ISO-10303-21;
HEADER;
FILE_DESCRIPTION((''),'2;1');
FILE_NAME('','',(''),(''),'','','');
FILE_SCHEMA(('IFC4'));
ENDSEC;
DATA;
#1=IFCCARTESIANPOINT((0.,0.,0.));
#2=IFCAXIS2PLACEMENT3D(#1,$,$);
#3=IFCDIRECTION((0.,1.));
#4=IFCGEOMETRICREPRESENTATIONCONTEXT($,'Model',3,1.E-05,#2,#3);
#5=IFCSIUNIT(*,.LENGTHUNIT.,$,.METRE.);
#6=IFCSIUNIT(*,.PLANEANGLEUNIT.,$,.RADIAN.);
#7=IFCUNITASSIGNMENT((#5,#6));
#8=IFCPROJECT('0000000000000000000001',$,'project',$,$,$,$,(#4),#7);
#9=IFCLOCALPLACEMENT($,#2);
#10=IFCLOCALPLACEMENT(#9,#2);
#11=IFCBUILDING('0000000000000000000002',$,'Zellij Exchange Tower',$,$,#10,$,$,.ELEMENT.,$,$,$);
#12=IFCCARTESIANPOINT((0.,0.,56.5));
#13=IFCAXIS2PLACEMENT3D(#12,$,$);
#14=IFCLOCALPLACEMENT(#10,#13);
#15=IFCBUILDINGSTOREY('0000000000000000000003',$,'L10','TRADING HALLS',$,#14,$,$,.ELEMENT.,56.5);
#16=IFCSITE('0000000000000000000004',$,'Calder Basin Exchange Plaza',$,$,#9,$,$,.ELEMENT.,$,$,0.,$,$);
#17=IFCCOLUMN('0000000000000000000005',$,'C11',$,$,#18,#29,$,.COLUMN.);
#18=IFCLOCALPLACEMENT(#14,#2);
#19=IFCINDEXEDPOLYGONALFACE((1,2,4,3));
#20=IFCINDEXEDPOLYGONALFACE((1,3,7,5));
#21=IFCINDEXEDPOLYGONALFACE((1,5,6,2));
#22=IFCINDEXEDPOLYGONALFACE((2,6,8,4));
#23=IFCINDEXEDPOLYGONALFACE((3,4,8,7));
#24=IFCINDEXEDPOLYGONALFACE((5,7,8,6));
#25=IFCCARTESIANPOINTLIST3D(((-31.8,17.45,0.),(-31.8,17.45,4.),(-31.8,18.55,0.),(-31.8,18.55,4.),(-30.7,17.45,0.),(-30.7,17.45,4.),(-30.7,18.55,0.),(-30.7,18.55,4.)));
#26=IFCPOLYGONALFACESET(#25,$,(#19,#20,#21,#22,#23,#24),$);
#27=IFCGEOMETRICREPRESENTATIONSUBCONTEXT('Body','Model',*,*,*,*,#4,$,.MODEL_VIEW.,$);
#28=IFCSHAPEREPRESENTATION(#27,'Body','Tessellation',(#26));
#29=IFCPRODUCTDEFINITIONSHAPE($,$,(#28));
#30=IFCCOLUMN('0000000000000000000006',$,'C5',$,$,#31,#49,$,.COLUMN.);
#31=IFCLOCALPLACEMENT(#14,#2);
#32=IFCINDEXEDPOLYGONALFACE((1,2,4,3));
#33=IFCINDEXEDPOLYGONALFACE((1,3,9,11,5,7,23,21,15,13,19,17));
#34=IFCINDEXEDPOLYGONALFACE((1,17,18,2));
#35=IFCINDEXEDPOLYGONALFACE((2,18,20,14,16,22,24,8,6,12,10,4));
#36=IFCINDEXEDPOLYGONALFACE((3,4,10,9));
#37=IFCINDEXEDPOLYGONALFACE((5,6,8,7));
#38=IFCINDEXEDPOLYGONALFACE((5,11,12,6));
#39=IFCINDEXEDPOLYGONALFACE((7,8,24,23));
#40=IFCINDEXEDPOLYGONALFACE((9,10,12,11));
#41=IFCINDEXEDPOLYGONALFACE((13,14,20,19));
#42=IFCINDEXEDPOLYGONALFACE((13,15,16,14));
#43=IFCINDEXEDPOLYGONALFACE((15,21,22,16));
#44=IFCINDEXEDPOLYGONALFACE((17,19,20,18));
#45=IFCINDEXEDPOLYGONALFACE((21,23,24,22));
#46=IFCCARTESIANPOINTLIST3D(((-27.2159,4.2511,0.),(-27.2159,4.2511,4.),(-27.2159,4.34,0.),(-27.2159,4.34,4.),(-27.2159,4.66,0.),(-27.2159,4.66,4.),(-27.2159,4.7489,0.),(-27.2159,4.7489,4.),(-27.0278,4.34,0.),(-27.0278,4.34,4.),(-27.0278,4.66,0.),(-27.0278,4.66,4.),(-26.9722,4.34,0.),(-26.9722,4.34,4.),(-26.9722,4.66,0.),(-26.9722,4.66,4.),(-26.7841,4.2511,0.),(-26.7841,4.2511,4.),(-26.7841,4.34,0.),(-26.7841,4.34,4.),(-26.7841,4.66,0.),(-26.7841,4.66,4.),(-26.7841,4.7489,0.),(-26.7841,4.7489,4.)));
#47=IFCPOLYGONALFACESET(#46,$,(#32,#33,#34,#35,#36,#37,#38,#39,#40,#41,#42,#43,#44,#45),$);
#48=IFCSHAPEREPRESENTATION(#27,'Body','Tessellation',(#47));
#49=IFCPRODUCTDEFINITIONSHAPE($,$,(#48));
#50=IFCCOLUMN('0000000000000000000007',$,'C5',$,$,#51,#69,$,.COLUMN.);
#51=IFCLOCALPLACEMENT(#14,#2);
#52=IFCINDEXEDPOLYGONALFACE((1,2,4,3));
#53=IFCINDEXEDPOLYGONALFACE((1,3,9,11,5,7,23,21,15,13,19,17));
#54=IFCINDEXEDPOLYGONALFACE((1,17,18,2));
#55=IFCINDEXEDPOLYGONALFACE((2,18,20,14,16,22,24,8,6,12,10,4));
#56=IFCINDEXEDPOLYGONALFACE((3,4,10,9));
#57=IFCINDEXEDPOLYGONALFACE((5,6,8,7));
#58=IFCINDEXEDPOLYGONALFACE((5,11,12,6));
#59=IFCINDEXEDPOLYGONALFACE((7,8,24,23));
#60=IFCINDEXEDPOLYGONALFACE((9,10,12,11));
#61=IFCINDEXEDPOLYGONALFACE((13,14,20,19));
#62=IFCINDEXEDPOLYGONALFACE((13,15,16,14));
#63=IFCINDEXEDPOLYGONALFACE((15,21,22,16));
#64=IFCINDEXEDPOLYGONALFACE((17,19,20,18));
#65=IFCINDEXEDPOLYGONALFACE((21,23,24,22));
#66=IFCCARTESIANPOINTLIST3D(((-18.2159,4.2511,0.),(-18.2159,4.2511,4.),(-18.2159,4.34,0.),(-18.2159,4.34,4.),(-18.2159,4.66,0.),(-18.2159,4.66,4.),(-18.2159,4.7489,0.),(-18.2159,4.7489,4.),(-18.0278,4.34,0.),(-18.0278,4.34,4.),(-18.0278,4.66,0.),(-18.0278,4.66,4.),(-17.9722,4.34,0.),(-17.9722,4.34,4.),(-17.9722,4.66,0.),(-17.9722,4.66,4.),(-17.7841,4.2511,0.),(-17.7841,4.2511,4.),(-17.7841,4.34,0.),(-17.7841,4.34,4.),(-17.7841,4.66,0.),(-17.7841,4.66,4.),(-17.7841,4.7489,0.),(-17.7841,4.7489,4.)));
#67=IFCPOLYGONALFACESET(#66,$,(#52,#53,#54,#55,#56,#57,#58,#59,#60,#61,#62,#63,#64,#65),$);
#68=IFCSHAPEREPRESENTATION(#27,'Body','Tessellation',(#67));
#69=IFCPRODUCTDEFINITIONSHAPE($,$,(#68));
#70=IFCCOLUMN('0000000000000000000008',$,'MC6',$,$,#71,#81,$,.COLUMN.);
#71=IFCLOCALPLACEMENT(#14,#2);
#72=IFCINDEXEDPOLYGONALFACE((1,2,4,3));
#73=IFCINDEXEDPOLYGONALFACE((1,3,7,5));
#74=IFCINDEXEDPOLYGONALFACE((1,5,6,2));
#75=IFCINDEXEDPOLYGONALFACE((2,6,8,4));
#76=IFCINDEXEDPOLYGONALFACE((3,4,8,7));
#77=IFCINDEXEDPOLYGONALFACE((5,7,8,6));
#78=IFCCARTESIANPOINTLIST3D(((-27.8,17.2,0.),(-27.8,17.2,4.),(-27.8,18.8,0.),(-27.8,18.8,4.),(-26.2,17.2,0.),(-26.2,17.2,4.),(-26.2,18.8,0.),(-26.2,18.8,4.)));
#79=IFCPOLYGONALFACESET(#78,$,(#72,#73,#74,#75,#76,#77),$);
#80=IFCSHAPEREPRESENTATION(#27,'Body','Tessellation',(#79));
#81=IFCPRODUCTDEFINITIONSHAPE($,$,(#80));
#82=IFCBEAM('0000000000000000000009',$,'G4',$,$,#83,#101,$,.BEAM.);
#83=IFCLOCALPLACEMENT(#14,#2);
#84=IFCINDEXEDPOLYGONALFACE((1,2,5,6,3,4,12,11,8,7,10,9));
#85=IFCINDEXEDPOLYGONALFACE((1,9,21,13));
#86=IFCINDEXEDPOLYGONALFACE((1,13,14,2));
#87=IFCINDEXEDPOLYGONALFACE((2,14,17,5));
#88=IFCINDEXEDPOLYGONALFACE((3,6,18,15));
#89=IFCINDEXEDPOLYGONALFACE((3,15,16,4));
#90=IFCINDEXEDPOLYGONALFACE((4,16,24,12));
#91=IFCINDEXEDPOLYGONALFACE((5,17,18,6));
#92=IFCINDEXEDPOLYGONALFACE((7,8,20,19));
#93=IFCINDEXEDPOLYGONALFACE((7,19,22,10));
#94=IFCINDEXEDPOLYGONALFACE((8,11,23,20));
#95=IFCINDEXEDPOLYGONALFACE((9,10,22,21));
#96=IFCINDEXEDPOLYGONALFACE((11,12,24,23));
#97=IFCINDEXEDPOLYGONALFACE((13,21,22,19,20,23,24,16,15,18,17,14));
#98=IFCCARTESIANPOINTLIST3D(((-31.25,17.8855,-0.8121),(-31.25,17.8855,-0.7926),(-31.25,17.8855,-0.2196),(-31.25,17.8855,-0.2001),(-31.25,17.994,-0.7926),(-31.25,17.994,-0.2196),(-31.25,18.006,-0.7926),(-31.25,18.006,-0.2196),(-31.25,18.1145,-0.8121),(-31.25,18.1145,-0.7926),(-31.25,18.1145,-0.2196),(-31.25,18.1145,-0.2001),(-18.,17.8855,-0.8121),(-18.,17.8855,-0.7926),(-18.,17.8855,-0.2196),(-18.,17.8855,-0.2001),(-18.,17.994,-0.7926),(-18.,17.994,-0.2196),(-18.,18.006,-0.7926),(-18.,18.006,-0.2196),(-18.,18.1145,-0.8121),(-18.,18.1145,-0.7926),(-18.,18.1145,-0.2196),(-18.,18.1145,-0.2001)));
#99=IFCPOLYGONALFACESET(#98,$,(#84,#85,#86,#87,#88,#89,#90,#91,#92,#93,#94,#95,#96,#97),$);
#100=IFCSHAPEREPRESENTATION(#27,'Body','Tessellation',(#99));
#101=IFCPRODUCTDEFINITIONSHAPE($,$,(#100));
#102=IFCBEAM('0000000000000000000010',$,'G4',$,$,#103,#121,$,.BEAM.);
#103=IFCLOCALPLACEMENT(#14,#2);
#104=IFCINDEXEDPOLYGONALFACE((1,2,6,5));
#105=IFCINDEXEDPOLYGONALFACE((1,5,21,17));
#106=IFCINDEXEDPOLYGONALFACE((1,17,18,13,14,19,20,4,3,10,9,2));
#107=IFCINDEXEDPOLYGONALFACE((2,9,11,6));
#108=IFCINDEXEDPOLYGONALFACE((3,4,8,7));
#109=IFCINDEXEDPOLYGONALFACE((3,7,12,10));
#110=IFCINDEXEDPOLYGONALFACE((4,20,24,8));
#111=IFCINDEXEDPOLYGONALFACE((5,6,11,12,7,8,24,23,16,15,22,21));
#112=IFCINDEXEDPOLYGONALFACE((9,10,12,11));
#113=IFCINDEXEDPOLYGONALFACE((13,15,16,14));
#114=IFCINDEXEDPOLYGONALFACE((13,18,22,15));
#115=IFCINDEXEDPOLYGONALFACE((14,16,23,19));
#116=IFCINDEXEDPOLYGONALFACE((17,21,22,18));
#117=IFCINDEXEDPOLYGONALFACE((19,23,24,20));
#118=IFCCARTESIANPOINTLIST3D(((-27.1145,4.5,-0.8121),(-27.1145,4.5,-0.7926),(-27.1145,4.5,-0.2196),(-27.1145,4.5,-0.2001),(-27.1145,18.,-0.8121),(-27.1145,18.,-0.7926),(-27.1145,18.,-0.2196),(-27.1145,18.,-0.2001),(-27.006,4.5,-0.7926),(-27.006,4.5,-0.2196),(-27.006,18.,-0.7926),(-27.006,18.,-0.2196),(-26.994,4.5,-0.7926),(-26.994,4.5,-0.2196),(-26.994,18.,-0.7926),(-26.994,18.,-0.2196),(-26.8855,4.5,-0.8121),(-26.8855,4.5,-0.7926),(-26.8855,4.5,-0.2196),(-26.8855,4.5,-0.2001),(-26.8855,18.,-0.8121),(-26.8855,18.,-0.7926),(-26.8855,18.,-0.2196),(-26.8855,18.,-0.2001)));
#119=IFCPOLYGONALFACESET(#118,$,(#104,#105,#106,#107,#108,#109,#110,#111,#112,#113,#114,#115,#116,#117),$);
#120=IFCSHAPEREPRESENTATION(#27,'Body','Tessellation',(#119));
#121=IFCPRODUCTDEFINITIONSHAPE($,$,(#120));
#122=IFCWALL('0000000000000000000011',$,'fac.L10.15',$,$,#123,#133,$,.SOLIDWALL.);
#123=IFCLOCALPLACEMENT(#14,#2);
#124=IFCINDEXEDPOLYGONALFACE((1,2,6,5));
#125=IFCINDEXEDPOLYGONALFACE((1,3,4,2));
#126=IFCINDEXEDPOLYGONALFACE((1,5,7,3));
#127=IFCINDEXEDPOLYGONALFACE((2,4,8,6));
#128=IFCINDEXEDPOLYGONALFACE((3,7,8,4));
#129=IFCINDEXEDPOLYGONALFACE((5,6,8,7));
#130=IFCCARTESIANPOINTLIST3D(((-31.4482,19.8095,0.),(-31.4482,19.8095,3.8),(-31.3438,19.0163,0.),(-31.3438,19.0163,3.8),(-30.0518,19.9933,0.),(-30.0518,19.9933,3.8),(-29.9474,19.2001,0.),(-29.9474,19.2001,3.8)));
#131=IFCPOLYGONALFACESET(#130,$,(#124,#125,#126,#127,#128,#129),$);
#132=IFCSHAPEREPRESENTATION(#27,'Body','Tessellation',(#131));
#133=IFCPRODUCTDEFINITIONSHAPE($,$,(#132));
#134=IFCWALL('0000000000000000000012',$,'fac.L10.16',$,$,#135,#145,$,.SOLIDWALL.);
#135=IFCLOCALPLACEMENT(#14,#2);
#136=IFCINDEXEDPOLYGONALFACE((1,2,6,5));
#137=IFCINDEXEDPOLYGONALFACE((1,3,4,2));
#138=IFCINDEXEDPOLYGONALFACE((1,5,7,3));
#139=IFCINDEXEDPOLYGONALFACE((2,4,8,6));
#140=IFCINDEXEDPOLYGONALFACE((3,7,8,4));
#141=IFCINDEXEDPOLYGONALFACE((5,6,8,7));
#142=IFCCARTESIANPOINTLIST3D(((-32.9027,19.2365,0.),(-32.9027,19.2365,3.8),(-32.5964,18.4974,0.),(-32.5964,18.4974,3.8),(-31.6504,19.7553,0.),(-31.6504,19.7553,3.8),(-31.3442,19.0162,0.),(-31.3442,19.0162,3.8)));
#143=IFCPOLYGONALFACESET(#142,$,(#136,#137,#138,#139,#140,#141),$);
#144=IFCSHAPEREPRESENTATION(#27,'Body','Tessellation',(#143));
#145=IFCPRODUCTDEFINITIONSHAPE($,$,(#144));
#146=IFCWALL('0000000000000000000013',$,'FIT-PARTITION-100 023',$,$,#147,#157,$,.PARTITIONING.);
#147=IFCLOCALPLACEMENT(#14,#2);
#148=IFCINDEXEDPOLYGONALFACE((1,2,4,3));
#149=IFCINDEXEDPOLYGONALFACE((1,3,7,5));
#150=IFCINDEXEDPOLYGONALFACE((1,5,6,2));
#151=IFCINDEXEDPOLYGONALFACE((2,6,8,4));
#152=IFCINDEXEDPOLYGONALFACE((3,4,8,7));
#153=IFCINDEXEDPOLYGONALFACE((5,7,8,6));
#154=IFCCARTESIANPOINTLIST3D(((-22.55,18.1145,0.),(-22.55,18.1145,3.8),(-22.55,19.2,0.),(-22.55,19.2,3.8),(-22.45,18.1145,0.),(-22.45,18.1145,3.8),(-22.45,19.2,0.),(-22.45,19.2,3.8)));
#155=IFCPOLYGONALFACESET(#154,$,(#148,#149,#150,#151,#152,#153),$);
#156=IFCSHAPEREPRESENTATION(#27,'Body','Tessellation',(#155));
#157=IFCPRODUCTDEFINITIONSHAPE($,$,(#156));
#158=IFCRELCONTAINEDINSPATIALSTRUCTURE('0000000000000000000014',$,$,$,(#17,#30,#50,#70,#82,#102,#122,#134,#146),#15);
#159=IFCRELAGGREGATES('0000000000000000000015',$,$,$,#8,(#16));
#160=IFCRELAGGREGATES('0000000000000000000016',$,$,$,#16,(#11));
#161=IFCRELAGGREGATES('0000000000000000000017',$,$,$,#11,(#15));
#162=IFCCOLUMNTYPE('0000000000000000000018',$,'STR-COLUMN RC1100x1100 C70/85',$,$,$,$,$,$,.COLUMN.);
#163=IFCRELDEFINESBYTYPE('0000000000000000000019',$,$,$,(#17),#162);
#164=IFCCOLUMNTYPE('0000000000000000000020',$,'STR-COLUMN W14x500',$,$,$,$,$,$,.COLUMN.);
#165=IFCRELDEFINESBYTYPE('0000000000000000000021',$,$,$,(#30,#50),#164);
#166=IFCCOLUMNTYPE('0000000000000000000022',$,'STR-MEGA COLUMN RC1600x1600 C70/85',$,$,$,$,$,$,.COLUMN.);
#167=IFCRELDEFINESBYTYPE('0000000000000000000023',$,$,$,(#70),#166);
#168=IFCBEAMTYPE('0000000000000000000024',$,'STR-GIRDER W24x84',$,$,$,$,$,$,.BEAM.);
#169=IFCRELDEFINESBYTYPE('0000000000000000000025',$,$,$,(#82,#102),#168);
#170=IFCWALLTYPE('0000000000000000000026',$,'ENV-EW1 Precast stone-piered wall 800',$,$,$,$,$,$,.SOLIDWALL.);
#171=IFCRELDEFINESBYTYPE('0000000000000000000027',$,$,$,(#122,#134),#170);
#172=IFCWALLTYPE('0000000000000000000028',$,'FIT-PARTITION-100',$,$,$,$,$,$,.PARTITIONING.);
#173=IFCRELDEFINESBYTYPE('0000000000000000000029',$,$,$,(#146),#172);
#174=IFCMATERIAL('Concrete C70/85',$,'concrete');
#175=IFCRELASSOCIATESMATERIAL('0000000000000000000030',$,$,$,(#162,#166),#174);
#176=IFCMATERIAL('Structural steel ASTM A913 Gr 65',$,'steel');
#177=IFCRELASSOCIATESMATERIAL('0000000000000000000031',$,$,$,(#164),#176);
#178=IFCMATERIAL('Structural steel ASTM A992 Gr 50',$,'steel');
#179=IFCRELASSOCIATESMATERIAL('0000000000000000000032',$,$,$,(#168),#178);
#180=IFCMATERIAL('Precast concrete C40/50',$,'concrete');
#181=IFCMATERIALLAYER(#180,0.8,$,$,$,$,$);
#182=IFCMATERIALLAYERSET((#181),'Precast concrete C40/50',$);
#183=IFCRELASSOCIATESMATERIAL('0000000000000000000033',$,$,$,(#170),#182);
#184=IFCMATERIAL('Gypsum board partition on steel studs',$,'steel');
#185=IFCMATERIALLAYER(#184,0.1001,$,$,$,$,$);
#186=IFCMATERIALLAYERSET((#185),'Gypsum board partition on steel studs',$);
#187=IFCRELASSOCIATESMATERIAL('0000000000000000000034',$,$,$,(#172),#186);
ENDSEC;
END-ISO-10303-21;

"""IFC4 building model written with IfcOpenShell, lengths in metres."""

from ifc_helpers import new_model, si_unit, direction, frame, frame_2d, origin, origin_2d, place, context, subcontext, project, spatial, rectangle, i_section, extrude, material, layer, layer_set, material_profile, profile_set, type_object, element, save


model = new_model("IFC4")

# Units and contexts
model_context = context("Model", 3, precision=1e-05, world=origin(), true_north=direction((0.0, 1.0)))
body_context = subcontext(model_context, "Body", "Model", "MODEL_VIEW")
ifc_project = project(units=[si_unit("LENGTHUNIT", "METRE"), si_unit("PLANEANGLEUNIT", "RADIAN")], contexts=[model_context])

# Site, building, storey
site_placement = place(None, origin())
site = spatial("IfcSite", under=ifc_project, at=site_placement, Name="Calder Basin Exchange Plaza", CompositionType="ELEMENT", RefElevation=0.0)
building_placement = place(site_placement, origin())
building = spatial("IfcBuilding", under=site, at=building_placement, Name="Zellij Exchange Tower", CompositionType="ELEMENT")
storey_placement = place(building_placement, frame((0.0, 0.0, 56.5)))
storey = spatial("IfcBuildingStorey", under=building, at=storey_placement, Name="L10", Description="TRADING HALLS", CompositionType="ELEMENT", Elevation=56.5)

# Columns
ifc_material_1 = material(Name="Concrete C70/85", Category="concrete")
ifc_material_profile_1 = material_profile(ifc_material_1, rectangle(XDim=1.1001, YDim=1.1001, at=origin_2d()), Name="STR-COLUMN RC1100x1100 C70/85")
ifc_profile_set_1 = profile_set([ifc_material_profile_1], Name="Concrete C70/85")
column_type_1 = type_object("IfcColumnType", Name="STR-COLUMN RC1100x1100 C70/85", PredefinedType="COLUMN", material=ifc_profile_set_1)
column_1_placement = place(storey_placement, frame((-31.25, 18.0, 0.0), z_axis=(0.0, 0.0, 1.0), x_axis=(1.0, 0.0, 0.0)))
element("IfcColumn", 1, at=column_1_placement, inside=storey, type_object=column_type_1, Name="C11", PredefinedType="COLUMN", context=body_context, shape_type="SweptSolid", body=[
    extrude(rectangle(XDim=1.1001, YDim=1.1001, at=origin_2d()), origin(), (0.0, 0.0, 1.0), 4.0),
])
ifc_material_2 = material(Name="Structural steel ASTM A913 Gr 65", Category="steel")
ifc_material_profile_2 = material_profile(ifc_material_2, i_section(OverallWidth=0.4319, OverallDepth=0.4978, WebThickness=0.0557, FlangeThickness=0.0889, at=origin_2d()), Name="W14x500")
ifc_profile_set_2 = profile_set([ifc_material_profile_2], Name="Structural steel ASTM A913 Gr 65")
column_type_2 = type_object("IfcColumnType", Name="STR-COLUMN W14x500", PredefinedType="COLUMN", material=ifc_profile_set_2)
for number, where, z_axis, x_axis, name in (
    (2, (-27.0, 4.5, 0.0), (0.0, 0.0, 1.0), (1.0, 0.0, 0.0), "C5"),
    (3, (-18.0, 4.5, 0.0), (0.0, 0.0, 1.0), (1.0, 0.0, 0.0), "C5"),
):
    element("IfcColumn", number, at=place(storey_placement, frame(where, z_axis=z_axis, x_axis=x_axis)), inside=storey, type_object=column_type_2, Name=name, PredefinedType="COLUMN", context=body_context, shape_type="SweptSolid", body=[
        extrude(i_section(OverallWidth=0.4319, OverallDepth=0.4978, WebThickness=0.0557, FlangeThickness=0.0889, at=origin_2d()), origin(), (0.0, 0.0, 1.0), 4.0),
    ])
ifc_material_profile_3 = material_profile(ifc_material_1, rectangle(XDim=1.6001, YDim=1.6001, at=origin_2d()), Name="STR-MEGA COLUMN RC1600x1600 C70/85")
ifc_profile_set_3 = profile_set([ifc_material_profile_3], Name="Concrete C70/85")
column_type_3 = type_object("IfcColumnType", Name="STR-MEGA COLUMN RC1600x1600 C70/85", PredefinedType="COLUMN", material=ifc_profile_set_3)
column_2_placement = place(storey_placement, frame((-27.0, 18.0, 0.0), z_axis=(0.0, 0.0, 1.0), x_axis=(1.0, 0.0, 0.0)))
element("IfcColumn", 4, at=column_2_placement, inside=storey, type_object=column_type_3, Name="MC6", PredefinedType="COLUMN", context=body_context, shape_type="SweptSolid", body=[
    extrude(rectangle(XDim=1.6001, YDim=1.6001, at=origin_2d()), origin(), (0.0, 0.0, 1.0), 4.0),
])

# Beams
ifc_material_3 = material(Name="Structural steel ASTM A992 Gr 50", Category="steel")
ifc_material_profile_4 = material_profile(ifc_material_3, i_section(OverallWidth=0.229, OverallDepth=0.6121, WebThickness=0.012, FlangeThickness=0.0195, at=origin_2d()), Name="W24x84")
ifc_profile_set_4 = profile_set([ifc_material_profile_4], Name="Structural steel ASTM A992 Gr 50")
beam_type = type_object("IfcBeamType", Name="STR-GIRDER W24x84", PredefinedType="BEAM", material=ifc_profile_set_4)
beam_1_placement = place(storey_placement, frame((-31.25, 18.0, -0.5061), z_axis=(1.0, 0.0, 0.0), x_axis=(0.0, 1.0, 0.0)))
element("IfcBeam", 5, at=beam_1_placement, inside=storey, type_object=beam_type, Name="G4", PredefinedType="BEAM", context=body_context, shape_type="SweptSolid", body=[
    extrude(i_section(OverallWidth=0.229, OverallDepth=0.6121, WebThickness=0.012, FlangeThickness=0.0195, at=origin_2d()), origin(), (0.0, 0.0, 1.0), 13.25),
])
beam_2_placement = place(storey_placement, frame((-27.0, 4.5, -0.5061), z_axis=(0.0, 1.0, 0.0), x_axis=(-1.0, 0.0, 0.0)))
element("IfcBeam", 6, at=beam_2_placement, inside=storey, type_object=beam_type, Name="G4", PredefinedType="BEAM", context=body_context, shape_type="SweptSolid", body=[
    extrude(i_section(OverallWidth=0.229, OverallDepth=0.6121, WebThickness=0.012, FlangeThickness=0.0195, at=origin_2d()), origin(), (0.0, 0.0, 1.0), 13.5),
])

# Walls
ifc_material_4 = material(Name="Precast concrete C40/50", Category="concrete")
ifc_layer_1 = layer(ifc_material_4, 0.8)
ifc_layer_set_1 = layer_set([ifc_layer_1], Name="Precast concrete C40/50")
wall_type_1 = type_object("IfcWallType", Name="ENV-EW1 Precast stone-piered wall 800", PredefinedType="SOLIDWALL", material=ifc_layer_set_1)
wall_1_placement = place(storey_placement, frame((-29.9998, 19.5967, 0.0), z_axis=(0.0, 0.0, 1.0), x_axis=(-0.991446, -0.130517, 0.0)))
element("IfcWall", 7, at=wall_1_placement, inside=storey, type_object=wall_type_1, Name="fac.L10.15", PredefinedType="SOLIDWALL", context=body_context, shape_type="SweptSolid", body=[
    extrude(rectangle(XDim=1.4084, YDim=0.8, at=frame_2d((0.7041, 0.0))), origin(), (0.0, 0.0, 1.0), 3.8),
])
wall_2_placement = place(storey_placement, frame((-31.4973, 19.3857, 0.0), z_axis=(0.0, 0.0, 1.0), x_axis=(-0.923848, -0.38276, 0.0)))
element("IfcWall", 8, at=wall_2_placement, inside=storey, type_object=wall_type_1, Name="fac.L10.16", PredefinedType="SOLIDWALL", context=body_context, shape_type="SweptSolid", body=[
    extrude(rectangle(XDim=1.3555, YDim=0.8, at=frame_2d((0.6777, 0.0))), origin(), (0.0, 0.0, 1.0), 3.8),
])
ifc_material_5 = material(Name="Gypsum board partition on steel studs", Category="steel")
ifc_layer_2 = layer(ifc_material_5, 0.1001)
ifc_layer_set_2 = layer_set([ifc_layer_2], Name="Gypsum board partition on steel studs")
wall_type_2 = type_object("IfcWallType", Name="FIT-PARTITION-100", PredefinedType="PARTITIONING", material=ifc_layer_set_2)
wall_3_placement = place(storey_placement, frame((-22.5, 18.1145, 0.0), z_axis=(0.0, 0.0, 1.0), x_axis=(0.0, 1.0, 0.0)))
element("IfcWall", 9, at=wall_3_placement, inside=storey, type_object=wall_type_2, Name="FIT-PARTITION-100 023", PredefinedType="PARTITIONING", context=body_context, shape_type="SweptSolid", body=[
    extrude(rectangle(XDim=1.0854, YDim=0.1001, at=frame_2d((0.5427, 0.0))), origin(), (0.0, 0.0, 1.0), 3.8),
])

save(model, "model.ifc")
